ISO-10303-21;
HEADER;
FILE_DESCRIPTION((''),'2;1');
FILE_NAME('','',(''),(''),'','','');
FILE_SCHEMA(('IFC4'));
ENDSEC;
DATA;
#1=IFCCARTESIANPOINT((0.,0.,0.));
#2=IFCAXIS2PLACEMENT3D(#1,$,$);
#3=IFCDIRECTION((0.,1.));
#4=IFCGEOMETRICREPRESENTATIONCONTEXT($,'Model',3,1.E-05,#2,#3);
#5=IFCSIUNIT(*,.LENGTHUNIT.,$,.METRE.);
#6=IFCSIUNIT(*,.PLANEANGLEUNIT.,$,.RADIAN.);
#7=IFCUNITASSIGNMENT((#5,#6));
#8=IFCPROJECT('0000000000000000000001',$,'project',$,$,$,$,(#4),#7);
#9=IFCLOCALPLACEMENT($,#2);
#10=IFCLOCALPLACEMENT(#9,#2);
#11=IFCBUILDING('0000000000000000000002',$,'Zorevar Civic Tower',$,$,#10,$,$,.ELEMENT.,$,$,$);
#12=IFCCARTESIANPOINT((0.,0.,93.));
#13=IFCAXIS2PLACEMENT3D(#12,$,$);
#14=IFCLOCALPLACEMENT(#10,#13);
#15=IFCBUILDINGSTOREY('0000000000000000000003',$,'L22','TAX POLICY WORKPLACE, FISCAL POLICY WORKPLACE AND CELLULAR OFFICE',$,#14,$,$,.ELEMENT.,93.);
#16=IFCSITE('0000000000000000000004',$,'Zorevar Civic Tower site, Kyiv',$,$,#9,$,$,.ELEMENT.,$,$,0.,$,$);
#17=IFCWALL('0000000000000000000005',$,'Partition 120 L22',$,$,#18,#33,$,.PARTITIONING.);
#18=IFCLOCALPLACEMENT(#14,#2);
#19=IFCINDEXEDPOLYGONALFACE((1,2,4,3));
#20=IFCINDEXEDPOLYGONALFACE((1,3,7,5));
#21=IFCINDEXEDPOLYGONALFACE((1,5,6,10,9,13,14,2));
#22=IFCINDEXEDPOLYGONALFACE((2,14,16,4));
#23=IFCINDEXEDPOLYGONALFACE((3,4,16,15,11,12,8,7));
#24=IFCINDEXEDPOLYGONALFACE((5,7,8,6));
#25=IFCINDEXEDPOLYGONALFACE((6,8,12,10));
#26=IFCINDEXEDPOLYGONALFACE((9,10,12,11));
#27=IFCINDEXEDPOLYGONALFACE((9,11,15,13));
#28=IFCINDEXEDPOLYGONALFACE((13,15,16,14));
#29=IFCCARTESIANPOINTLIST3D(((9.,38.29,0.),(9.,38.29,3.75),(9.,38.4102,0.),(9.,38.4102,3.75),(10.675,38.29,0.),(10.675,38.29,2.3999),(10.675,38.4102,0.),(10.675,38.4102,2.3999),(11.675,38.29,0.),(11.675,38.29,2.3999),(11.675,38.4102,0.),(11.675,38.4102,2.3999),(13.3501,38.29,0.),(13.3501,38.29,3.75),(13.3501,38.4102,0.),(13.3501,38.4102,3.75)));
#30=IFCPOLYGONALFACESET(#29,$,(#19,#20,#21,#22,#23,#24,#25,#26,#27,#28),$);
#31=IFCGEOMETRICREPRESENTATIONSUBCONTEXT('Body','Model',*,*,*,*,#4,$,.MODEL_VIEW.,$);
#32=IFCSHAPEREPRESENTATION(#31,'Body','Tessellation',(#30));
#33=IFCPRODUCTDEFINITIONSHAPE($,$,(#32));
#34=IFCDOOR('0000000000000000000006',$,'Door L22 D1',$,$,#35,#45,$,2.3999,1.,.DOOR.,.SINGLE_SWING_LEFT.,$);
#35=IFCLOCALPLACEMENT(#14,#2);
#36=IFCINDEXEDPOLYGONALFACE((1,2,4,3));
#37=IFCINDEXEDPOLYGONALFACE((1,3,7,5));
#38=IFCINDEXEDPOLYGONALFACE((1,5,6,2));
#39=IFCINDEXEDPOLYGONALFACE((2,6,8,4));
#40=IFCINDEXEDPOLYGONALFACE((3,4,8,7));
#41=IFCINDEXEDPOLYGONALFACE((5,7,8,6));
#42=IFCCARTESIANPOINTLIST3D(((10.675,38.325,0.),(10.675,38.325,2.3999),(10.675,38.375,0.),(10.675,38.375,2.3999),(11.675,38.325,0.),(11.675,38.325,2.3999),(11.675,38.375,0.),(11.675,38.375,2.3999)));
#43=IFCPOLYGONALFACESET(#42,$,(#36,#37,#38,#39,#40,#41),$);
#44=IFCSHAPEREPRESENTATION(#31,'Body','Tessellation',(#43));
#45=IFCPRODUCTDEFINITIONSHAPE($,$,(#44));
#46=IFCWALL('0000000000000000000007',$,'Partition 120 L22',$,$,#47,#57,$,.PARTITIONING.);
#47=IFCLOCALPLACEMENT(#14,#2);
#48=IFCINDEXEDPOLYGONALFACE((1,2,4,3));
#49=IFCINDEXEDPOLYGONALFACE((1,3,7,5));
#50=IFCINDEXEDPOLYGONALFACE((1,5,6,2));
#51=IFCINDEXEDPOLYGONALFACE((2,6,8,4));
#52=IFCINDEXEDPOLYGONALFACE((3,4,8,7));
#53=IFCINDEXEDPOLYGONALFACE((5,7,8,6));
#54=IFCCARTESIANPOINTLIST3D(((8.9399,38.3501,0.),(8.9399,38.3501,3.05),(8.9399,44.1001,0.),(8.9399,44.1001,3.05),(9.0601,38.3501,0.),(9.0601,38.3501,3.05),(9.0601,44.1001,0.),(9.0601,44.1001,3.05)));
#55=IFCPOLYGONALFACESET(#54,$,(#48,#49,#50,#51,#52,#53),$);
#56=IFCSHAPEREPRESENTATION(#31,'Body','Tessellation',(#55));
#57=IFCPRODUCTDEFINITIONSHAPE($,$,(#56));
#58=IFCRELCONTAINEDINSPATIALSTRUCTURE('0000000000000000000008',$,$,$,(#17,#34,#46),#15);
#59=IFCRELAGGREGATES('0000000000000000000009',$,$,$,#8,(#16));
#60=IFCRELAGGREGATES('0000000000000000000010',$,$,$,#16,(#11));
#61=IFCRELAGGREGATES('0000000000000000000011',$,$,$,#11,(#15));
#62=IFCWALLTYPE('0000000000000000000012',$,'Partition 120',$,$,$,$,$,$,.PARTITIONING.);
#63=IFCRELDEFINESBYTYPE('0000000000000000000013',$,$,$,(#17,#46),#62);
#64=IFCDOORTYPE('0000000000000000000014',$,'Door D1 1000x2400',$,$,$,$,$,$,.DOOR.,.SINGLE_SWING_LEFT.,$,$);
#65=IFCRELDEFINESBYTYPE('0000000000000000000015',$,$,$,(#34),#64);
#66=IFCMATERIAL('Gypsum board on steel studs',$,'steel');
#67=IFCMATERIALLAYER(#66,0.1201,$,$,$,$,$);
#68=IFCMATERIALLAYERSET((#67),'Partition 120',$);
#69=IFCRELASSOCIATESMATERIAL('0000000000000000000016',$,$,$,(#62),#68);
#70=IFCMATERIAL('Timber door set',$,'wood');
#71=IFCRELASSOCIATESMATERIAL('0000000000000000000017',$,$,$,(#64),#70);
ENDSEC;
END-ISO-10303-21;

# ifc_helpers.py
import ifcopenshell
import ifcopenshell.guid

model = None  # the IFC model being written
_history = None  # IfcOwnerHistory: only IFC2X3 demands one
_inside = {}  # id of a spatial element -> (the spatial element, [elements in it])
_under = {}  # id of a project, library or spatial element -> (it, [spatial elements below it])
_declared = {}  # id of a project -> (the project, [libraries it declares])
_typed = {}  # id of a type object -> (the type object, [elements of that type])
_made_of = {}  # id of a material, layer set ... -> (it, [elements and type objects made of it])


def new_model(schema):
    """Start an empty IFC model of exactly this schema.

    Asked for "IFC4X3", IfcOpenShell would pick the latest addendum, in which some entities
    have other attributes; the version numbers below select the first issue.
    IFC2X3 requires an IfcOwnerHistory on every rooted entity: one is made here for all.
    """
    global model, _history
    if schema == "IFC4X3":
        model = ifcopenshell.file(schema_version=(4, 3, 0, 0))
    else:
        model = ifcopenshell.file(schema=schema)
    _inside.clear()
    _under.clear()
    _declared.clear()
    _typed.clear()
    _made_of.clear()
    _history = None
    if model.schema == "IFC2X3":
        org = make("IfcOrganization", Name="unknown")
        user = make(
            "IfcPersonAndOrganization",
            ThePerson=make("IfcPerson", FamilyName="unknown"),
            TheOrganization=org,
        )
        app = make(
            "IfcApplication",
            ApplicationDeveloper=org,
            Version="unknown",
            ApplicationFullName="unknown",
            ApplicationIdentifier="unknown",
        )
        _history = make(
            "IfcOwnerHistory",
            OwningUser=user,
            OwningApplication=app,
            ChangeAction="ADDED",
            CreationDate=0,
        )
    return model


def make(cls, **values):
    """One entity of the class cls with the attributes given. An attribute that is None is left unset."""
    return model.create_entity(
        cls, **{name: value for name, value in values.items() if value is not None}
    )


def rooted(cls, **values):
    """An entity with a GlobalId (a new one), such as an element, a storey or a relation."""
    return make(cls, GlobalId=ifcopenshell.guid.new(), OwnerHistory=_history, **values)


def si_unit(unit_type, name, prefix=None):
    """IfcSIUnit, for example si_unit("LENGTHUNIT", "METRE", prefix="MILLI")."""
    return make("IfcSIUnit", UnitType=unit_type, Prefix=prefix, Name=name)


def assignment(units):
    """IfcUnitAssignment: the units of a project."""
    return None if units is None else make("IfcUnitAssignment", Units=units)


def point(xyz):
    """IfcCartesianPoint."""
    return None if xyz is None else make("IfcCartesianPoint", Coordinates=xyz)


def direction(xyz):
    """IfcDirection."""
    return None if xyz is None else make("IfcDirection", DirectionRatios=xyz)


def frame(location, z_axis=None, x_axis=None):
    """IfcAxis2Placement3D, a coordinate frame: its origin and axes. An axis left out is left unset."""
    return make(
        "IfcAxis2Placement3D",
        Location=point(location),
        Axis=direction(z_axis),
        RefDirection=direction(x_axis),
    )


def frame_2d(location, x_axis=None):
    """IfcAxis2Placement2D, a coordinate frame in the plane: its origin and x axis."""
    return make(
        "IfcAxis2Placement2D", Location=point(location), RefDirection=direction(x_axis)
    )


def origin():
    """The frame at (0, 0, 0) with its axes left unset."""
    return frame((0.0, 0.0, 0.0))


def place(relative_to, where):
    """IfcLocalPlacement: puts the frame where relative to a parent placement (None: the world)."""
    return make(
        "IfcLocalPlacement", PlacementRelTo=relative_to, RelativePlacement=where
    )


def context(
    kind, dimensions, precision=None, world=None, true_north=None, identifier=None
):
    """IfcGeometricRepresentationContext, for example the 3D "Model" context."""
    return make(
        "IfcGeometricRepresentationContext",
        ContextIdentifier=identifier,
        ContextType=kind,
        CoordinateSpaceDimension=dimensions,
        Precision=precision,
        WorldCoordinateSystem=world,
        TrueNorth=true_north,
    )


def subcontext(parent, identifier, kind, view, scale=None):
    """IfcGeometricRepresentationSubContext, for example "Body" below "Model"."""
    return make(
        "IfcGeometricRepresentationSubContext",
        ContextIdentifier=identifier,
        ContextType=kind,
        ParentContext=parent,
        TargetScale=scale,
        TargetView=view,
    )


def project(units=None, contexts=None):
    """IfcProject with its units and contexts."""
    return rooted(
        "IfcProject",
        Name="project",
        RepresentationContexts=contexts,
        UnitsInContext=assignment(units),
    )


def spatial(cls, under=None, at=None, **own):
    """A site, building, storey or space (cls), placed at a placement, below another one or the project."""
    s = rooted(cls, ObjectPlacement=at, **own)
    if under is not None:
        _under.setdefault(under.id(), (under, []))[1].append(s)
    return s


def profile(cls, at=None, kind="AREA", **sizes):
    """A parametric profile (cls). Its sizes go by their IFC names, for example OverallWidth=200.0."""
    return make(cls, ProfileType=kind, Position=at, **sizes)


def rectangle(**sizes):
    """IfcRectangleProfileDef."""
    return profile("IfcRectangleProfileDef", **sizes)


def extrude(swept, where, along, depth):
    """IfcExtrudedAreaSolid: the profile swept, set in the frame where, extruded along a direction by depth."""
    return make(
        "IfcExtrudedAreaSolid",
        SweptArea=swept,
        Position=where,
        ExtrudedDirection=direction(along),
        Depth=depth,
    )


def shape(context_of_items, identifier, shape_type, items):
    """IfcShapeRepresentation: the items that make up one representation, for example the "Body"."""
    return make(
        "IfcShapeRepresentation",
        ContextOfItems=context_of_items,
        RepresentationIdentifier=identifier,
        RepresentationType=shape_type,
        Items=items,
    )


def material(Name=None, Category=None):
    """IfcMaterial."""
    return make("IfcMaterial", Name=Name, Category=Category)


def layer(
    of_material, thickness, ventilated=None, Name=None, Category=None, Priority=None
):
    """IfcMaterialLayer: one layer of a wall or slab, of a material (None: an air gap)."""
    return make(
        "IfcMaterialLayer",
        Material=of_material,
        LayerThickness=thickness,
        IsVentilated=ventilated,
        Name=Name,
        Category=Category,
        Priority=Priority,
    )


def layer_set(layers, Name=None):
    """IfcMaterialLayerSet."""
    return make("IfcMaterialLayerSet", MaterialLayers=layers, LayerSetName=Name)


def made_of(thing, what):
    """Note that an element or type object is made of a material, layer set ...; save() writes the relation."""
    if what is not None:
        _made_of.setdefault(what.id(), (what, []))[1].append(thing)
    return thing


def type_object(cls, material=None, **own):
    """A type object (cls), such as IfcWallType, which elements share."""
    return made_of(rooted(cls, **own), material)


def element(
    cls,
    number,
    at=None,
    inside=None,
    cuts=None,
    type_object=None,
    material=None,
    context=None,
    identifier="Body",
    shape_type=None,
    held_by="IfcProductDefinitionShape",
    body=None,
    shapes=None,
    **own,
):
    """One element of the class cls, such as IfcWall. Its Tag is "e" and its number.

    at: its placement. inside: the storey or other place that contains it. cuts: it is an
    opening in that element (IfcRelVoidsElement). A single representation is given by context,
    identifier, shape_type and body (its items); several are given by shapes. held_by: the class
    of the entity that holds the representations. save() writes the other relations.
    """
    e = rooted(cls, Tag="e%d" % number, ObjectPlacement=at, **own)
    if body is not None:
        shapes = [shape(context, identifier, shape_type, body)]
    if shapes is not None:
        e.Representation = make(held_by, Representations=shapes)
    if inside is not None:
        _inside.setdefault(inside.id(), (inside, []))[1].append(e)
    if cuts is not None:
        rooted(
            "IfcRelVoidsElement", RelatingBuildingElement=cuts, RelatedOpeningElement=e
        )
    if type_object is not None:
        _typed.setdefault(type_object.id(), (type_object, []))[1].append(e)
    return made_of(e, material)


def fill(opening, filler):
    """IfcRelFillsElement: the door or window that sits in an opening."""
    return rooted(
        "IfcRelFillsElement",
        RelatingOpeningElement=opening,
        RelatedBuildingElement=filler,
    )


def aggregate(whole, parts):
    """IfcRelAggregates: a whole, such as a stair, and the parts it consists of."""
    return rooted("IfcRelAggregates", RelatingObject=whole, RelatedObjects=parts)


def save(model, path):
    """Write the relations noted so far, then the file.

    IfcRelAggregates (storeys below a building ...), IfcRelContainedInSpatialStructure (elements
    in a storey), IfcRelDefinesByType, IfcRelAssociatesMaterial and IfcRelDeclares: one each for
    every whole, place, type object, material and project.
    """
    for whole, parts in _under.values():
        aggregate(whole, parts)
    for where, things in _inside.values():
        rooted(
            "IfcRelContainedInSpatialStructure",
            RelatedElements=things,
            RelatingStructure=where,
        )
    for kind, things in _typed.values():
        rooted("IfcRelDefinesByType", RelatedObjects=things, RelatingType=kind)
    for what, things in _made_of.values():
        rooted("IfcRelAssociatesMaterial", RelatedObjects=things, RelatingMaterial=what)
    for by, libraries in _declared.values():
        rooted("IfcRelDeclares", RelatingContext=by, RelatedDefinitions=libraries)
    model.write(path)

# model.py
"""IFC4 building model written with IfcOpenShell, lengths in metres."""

from ifc_helpers import new_model, si_unit, direction, frame, frame_2d, origin, place, context, subcontext, project, spatial, rectangle, extrude, material, layer, layer_set, type_object, element, fill, save


model = new_model("IFC4")

# Units and contexts
model_context = context("Model", 3, precision=1e-05, world=origin(), true_north=direction((0.0, 1.0)))
body_context = subcontext(model_context, "Body", "Model", "MODEL_VIEW")
ifc_project = project(units=[si_unit("LENGTHUNIT", "METRE"), si_unit("PLANEANGLEUNIT", "RADIAN")], contexts=[model_context])

# Site, building, storey
site_placement = place(None, origin())
site = spatial("IfcSite", under=ifc_project, at=site_placement, Name="Zorevar Civic Tower site, Kyiv", CompositionType="ELEMENT", RefElevation=0.0)
building_placement = place(site_placement, origin())
building = spatial("IfcBuilding", under=site, at=building_placement, Name="Zorevar Civic Tower", CompositionType="ELEMENT")
storey_placement = place(building_placement, frame((0.0, 0.0, 93.0)))
storey = spatial("IfcBuildingStorey", under=building, at=storey_placement, Name="L22", Description="TAX POLICY WORKPLACE, FISCAL POLICY WORKPLACE AND CELLULAR OFFICE", CompositionType="ELEMENT", Elevation=93.0)

# Wall, opening, door
ifc_material_1 = material(Name="Gypsum board on steel studs", Category="steel")
ifc_layer_1 = layer(ifc_material_1, 0.1201)
ifc_layer_set_1 = layer_set([ifc_layer_1], Name="Partition 120")
wall_type_1 = type_object("IfcWallType", Name="Partition 120", PredefinedType="PARTITIONING", material=ifc_layer_set_1)
wall_1_placement = place(storey_placement, frame((9.0, 38.3501, 0.0), z_axis=(0.0, 0.0, 1.0), x_axis=(1.0, 0.0, 0.0)))
wall_1 = element("IfcWall", 1, at=wall_1_placement, inside=storey, type_object=wall_type_1, Name="Partition 120 L22", PredefinedType="PARTITIONING", context=body_context, shape_type="SweptSolid", body=[
    extrude(rectangle(XDim=4.3501, YDim=0.1201, at=frame_2d((2.175, 0.0))), origin(), (0.0, 0.0, 1.0), 3.75),
])
opening_placement = place(wall_1_placement, frame((1.675, 0.0, 0.0)))
opening = element("IfcOpeningElement", 2, at=opening_placement, cuts=wall_1, PredefinedType="OPENING", context=body_context, shape_type="SweptSolid", body=[
    extrude(rectangle(XDim=1.0, YDim=2.3999, at=frame_2d((0.5, 1.2))), frame((0.0, 0.0701, 0.0), z_axis=(0.0, -1.0, 0.0), x_axis=(1.0, 0.0, 0.0)), (0.0, 0.0, 1.0), 0.1401),
])
ifc_material_2 = material(Name="Timber door set", Category="wood")
door_type = type_object("IfcDoorType", Name="Door D1 1000x2400", OperationType="SINGLE_SWING_LEFT", PredefinedType="DOOR", material=ifc_material_2)
door_placement = place(opening_placement, origin())
door = element("IfcDoor", 3, at=door_placement, inside=storey, type_object=door_type, Name="Door L22 D1", OperationType="SINGLE_SWING_LEFT", OverallHeight=2.3999, OverallWidth=1.0, PredefinedType="DOOR", context=body_context, shape_type="SweptSolid", body=[
    extrude(rectangle(XDim=1.0, YDim=2.3999, at=frame_2d((0.5, 1.2))), frame((0.0, 0.0249, 0.0), z_axis=(0.0, -1.0, 0.0), x_axis=(1.0, 0.0, 0.0)), (0.0, 0.0, 1.0), 0.05),
])
fill(opening, door)

# Wall
wall_2_placement = place(storey_placement, frame((9.0, 38.3501, 0.0), z_axis=(0.0, 0.0, 1.0), x_axis=(0.0, 1.0, 0.0)))
element("IfcWall", 4, at=wall_2_placement, inside=storey, type_object=wall_type_1, Name="Partition 120 L22", PredefinedType="PARTITIONING", context=body_context, shape_type="SweptSolid", body=[
    extrude(rectangle(XDim=5.75, YDim=0.1201, at=frame_2d((2.875, 0.0))), origin(), (0.0, 0.0, 1.0), 3.05),
])

save(model, "model.ifc")
